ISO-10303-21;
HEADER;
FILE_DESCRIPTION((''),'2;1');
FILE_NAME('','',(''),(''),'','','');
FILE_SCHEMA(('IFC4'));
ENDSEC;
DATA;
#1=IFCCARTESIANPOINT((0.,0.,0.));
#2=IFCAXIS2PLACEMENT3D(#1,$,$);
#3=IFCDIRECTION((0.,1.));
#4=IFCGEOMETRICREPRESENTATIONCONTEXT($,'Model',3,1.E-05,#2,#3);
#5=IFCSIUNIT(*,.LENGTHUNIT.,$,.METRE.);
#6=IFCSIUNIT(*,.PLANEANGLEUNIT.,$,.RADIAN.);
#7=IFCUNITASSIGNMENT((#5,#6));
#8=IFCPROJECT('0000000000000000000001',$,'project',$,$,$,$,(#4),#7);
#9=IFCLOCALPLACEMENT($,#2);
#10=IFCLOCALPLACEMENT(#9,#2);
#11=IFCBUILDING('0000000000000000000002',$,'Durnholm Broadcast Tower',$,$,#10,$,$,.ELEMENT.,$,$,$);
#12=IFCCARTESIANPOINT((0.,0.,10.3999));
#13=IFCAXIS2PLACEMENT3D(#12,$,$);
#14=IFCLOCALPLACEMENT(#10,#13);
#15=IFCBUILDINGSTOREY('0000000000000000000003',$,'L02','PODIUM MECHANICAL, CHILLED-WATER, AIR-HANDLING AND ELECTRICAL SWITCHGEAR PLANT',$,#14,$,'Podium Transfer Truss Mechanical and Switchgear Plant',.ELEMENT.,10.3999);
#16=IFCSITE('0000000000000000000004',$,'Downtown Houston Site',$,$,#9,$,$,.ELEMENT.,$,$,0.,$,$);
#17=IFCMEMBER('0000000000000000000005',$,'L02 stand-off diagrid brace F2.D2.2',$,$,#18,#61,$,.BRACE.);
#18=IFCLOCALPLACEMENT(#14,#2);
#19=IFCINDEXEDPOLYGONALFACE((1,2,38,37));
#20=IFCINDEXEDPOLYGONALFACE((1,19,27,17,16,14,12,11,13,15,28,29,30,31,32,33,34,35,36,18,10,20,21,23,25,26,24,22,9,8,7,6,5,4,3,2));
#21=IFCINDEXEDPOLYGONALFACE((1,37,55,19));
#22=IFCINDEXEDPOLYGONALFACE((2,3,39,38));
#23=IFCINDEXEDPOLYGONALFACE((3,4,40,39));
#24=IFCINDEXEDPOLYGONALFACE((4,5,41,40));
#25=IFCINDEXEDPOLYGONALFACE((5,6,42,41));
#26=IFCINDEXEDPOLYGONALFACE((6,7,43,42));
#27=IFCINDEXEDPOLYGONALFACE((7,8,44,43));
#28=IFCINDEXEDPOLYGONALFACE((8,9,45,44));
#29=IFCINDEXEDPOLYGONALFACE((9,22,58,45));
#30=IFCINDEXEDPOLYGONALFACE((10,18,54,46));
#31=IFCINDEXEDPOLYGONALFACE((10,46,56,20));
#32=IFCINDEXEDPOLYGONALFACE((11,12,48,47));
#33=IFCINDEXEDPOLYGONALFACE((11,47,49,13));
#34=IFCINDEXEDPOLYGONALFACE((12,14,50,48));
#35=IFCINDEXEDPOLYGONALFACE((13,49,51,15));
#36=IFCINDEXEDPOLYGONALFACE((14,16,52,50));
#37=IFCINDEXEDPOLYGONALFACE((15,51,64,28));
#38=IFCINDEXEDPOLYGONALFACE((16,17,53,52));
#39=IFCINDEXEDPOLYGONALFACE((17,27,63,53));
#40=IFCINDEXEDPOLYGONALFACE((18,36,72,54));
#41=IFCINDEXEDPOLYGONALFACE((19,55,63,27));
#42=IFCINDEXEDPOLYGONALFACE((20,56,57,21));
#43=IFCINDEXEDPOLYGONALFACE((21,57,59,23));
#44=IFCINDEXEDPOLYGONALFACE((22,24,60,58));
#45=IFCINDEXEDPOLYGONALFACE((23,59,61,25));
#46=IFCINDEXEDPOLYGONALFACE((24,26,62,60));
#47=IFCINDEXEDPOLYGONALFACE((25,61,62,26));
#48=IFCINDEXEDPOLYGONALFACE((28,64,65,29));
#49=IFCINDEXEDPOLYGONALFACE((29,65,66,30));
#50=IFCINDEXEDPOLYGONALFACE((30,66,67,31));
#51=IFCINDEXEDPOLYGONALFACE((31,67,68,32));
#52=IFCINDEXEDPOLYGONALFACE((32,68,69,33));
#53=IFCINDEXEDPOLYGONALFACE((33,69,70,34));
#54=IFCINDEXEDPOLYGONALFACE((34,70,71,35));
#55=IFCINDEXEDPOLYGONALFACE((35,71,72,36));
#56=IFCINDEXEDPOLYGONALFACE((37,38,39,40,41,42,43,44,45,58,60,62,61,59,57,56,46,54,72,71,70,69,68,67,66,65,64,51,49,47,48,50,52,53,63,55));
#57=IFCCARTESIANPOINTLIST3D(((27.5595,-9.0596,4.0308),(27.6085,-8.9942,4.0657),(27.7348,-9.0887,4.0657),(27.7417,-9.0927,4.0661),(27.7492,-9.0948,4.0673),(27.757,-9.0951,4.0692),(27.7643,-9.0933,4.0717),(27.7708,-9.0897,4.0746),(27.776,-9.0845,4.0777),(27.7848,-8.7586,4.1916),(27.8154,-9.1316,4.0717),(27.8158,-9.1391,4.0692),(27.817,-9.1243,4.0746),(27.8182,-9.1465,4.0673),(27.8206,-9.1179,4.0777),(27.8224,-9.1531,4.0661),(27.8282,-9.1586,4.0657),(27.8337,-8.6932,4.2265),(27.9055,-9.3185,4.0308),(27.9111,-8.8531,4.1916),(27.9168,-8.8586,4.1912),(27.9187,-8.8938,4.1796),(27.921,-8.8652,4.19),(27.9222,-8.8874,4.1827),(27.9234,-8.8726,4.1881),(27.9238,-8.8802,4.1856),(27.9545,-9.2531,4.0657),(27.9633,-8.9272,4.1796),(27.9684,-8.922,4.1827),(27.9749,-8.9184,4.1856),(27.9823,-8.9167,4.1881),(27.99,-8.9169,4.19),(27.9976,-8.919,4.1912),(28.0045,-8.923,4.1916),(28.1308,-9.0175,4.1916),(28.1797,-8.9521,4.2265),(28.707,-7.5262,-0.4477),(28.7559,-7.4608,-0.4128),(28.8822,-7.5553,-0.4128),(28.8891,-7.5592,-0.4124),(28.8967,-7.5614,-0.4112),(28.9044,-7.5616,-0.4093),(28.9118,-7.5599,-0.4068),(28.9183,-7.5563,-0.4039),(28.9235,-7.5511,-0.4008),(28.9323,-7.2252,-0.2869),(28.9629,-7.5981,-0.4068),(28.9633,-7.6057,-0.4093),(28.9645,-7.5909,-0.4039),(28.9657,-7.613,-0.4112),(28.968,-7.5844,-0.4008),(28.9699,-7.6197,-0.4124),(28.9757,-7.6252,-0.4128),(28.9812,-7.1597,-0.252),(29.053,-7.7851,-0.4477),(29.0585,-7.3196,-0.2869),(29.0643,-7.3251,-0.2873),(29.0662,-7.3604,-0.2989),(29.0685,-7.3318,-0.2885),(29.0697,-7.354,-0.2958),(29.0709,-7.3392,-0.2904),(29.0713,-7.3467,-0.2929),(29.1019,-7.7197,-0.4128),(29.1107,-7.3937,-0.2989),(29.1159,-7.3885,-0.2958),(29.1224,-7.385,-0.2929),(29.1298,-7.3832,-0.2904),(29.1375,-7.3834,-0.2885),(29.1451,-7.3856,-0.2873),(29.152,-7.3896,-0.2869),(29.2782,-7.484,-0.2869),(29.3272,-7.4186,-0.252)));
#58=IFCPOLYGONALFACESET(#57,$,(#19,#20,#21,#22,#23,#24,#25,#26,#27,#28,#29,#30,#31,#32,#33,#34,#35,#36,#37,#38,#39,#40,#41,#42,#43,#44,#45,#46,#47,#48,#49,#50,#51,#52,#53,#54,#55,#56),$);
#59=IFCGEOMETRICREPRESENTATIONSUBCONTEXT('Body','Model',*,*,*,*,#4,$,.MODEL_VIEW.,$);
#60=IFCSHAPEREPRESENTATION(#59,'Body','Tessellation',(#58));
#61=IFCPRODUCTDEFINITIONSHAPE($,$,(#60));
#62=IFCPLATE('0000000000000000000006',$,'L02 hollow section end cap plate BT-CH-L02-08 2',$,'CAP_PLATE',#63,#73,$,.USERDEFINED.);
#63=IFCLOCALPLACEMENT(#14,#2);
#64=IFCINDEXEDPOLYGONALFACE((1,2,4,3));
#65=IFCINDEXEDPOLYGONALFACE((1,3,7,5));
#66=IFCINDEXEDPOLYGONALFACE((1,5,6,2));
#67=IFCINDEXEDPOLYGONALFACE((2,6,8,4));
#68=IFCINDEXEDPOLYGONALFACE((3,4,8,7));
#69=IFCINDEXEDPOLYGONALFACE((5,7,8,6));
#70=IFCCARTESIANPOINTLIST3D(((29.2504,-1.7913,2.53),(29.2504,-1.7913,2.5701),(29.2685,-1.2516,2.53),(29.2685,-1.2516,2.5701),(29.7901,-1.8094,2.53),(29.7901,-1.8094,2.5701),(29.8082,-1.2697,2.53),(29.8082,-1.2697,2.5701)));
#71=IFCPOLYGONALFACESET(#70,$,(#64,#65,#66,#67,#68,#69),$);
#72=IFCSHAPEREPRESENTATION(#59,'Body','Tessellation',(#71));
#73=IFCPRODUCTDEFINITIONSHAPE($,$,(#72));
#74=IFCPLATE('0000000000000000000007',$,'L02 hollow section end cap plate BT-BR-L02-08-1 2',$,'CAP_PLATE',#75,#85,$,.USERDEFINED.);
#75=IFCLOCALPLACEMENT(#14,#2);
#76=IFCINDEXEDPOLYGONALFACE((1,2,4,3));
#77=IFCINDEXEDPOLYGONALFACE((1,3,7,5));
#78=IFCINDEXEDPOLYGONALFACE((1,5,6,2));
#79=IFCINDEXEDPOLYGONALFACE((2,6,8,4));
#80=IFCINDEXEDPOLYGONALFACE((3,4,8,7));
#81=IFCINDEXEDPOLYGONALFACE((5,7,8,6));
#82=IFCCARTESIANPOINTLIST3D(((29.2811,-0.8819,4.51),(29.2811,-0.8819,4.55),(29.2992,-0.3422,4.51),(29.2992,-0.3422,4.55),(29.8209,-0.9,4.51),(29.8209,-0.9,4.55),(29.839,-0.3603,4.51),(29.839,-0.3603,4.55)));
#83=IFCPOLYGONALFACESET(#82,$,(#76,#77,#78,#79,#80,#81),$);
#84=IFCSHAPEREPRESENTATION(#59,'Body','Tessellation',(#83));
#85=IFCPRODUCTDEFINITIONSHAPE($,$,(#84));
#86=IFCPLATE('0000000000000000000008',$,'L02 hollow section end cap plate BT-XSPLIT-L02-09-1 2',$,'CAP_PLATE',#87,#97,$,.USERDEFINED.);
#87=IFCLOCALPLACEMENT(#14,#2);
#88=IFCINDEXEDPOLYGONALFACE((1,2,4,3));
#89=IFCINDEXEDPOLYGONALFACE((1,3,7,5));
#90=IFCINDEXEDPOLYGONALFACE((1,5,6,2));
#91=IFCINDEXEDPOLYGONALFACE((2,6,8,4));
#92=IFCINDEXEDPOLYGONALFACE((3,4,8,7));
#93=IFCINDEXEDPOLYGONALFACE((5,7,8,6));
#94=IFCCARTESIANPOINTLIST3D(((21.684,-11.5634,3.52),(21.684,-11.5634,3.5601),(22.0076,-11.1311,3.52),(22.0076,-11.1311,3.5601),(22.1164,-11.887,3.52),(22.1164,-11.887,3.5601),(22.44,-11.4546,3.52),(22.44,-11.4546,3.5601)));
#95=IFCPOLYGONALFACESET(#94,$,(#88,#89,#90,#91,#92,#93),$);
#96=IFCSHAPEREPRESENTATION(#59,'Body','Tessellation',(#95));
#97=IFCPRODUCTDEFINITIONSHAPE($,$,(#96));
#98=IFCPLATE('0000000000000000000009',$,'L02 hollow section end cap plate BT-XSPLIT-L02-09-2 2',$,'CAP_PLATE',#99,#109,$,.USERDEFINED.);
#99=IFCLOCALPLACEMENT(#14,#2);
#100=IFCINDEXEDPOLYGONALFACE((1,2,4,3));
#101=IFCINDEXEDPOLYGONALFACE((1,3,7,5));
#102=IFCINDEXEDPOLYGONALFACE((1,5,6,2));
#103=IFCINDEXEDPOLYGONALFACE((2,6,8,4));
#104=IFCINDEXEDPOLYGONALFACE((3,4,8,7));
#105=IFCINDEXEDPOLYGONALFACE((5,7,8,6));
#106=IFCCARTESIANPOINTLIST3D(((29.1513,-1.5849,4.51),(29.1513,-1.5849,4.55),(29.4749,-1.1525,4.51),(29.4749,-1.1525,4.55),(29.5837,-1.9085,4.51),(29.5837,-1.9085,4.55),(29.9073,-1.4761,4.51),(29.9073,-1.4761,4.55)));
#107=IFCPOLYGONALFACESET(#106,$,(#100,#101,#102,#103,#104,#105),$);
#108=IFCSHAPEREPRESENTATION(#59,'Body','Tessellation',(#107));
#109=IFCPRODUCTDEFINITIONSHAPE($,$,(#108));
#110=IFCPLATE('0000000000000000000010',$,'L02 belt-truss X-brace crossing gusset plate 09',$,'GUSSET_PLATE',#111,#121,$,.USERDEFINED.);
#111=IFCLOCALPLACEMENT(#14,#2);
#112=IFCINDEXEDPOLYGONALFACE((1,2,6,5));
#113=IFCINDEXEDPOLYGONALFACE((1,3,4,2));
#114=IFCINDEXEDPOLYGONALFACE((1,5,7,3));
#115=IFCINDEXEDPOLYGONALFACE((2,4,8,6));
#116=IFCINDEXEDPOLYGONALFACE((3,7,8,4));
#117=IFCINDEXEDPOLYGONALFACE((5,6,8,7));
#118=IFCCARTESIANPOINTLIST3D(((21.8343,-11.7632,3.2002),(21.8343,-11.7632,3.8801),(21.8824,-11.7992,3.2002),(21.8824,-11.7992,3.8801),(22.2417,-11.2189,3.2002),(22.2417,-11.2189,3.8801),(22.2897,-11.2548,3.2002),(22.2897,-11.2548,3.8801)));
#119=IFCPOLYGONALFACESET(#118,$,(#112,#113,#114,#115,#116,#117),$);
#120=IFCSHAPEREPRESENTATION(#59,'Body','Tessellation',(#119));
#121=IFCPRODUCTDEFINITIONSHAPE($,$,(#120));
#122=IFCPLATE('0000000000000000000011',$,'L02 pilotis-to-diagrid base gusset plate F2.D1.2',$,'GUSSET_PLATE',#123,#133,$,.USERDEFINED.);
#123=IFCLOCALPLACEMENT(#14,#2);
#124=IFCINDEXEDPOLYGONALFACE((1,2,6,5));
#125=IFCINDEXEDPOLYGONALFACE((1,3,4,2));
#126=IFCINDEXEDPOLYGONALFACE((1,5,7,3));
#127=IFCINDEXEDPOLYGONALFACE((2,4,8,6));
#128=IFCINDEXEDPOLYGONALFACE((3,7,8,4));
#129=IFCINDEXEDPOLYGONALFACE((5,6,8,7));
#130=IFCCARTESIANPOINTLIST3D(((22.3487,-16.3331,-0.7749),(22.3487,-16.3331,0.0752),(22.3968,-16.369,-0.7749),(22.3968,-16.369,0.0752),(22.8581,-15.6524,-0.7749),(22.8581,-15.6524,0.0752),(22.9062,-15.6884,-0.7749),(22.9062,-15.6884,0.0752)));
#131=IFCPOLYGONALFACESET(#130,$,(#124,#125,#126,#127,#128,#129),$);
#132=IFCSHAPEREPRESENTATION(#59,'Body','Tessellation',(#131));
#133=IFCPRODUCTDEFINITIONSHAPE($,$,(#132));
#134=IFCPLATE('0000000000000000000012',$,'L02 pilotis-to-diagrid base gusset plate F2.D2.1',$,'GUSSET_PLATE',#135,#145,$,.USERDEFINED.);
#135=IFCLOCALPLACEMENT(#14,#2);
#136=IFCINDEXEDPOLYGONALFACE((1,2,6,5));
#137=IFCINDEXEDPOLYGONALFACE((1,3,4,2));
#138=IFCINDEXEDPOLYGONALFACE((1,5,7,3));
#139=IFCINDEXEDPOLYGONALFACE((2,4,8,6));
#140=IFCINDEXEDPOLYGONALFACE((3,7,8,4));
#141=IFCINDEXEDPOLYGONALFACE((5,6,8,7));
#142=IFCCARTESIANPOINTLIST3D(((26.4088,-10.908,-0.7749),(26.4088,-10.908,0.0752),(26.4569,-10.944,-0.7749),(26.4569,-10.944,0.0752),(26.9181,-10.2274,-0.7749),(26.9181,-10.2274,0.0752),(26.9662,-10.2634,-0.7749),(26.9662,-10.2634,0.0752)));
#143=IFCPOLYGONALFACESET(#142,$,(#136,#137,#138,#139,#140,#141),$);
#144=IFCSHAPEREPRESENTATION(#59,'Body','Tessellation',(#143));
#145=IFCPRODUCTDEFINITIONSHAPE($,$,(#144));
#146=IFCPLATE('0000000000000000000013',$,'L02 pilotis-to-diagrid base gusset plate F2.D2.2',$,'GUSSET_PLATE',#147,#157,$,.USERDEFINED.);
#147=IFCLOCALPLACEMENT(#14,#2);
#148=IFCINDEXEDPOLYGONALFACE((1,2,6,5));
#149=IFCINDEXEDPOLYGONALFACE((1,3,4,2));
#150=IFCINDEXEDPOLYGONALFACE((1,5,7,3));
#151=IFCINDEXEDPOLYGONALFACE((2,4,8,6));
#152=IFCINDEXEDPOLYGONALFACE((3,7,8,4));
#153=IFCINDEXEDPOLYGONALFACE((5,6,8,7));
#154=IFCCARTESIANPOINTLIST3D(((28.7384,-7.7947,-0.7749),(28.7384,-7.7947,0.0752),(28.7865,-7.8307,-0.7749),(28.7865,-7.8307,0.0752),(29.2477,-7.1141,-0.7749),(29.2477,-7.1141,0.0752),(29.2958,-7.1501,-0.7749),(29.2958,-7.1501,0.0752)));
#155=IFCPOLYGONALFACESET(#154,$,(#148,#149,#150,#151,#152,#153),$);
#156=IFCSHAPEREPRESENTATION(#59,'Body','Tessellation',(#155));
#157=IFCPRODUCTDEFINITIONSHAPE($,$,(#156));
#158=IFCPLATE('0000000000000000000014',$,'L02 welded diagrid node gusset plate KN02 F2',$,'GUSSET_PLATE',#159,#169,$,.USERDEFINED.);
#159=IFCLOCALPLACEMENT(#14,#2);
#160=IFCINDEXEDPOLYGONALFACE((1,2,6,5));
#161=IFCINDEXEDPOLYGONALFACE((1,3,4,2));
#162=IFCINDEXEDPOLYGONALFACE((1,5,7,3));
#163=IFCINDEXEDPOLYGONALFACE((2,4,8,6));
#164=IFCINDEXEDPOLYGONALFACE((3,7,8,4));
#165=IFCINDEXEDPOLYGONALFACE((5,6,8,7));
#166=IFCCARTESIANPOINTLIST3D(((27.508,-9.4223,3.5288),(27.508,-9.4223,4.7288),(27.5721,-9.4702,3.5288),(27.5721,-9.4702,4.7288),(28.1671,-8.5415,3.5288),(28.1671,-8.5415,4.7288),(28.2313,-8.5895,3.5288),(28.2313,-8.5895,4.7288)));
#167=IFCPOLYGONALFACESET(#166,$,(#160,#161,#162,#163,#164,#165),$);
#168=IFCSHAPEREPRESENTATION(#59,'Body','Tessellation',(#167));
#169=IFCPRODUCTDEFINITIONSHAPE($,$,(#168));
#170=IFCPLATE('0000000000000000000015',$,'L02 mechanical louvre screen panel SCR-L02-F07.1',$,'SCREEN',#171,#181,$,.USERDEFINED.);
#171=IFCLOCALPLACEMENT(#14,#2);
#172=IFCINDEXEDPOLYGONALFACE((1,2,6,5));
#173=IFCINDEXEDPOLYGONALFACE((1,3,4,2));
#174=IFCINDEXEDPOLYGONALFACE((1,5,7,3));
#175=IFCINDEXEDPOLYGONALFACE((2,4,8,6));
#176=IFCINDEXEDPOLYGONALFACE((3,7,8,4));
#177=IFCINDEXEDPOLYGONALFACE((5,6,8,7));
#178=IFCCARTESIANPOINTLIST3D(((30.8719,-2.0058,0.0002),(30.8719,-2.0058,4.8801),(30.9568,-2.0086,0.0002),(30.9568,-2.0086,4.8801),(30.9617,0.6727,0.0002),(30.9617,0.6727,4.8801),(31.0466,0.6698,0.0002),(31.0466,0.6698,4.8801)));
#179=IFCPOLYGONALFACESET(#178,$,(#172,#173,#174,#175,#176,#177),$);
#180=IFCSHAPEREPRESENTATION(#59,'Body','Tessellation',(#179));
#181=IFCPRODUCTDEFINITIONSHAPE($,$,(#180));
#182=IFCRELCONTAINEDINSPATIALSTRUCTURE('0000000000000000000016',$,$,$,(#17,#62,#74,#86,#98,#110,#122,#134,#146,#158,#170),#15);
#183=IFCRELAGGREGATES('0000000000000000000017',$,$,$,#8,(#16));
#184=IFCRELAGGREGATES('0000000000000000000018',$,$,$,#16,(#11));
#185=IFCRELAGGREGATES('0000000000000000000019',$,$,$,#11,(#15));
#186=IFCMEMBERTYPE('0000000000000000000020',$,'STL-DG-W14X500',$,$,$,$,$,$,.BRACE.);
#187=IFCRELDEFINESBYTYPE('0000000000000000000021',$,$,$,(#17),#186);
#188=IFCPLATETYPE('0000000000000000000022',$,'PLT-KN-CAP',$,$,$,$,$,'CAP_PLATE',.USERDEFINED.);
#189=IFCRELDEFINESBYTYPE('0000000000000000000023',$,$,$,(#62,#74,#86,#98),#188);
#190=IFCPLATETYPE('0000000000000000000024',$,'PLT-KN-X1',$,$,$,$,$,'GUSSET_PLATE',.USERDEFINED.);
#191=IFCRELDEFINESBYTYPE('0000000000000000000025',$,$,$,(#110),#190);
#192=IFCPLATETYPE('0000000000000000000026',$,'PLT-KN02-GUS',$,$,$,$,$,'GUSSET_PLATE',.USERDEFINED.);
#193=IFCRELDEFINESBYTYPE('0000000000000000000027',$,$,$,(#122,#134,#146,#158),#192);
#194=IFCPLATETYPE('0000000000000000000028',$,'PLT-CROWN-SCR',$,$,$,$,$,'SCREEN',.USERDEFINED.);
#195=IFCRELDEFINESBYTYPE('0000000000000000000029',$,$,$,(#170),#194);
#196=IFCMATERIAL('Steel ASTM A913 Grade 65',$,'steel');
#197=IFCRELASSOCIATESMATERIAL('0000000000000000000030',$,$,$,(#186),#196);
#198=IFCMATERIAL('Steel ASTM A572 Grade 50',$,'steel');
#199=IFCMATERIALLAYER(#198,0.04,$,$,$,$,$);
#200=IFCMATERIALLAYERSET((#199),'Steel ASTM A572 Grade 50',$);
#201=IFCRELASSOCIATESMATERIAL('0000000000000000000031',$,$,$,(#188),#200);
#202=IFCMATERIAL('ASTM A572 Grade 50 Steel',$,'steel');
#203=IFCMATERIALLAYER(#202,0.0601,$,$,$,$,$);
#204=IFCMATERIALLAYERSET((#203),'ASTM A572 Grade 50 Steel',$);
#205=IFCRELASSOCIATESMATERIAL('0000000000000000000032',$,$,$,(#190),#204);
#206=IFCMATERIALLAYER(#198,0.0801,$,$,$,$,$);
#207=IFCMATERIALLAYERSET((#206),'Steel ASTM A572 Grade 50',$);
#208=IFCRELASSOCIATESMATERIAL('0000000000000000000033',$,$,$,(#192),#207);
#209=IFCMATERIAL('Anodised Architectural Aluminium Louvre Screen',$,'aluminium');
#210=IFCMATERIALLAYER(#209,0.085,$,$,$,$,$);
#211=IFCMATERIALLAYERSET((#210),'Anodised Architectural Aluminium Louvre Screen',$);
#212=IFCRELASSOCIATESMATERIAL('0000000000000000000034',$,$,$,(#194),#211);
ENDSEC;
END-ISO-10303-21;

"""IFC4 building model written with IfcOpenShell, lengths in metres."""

from ifc_helpers import new_model, si_unit, direction, frame, origin, origin_2d, place, context, subcontext, project, spatial, rectangle, i_section, extrude, source, transform, mapped, material, layer, layer_set, material_profile, profile_set, type_object, type_shapes, element, save


model = new_model("IFC4")

# Units and contexts
model_context = context("Model", 3, precision=1e-05, world=origin(), true_north=direction((0.0, 1.0)))
body_context = subcontext(model_context, "Body", "Model", "MODEL_VIEW")
ifc_project = project(units=[si_unit("LENGTHUNIT", "METRE"), si_unit("PLANEANGLEUNIT", "RADIAN")], contexts=[model_context])

# Site, building, storey
site_placement = place(None, origin())
site = spatial("IfcSite", under=ifc_project, at=site_placement, Name="Downtown Houston Site", CompositionType="ELEMENT", RefElevation=0.0)
building_placement = place(site_placement, origin())
building = spatial("IfcBuilding", under=site, at=building_placement, Name="Durnholm Broadcast Tower", CompositionType="ELEMENT")
storey_placement = place(building_placement, frame((0.0, 0.0, 10.3999)))
storey = spatial("IfcBuildingStorey", under=building, at=storey_placement, Name="L02", Description="PODIUM MECHANICAL, CHILLED-WATER, AIR-HANDLING AND ELECTRICAL SWITCHGEAR PLANT", LongName="Podium Transfer Truss Mechanical and Switchgear Plant", CompositionType="ELEMENT", Elevation=10.3999)

# Shared definitions
ifc_material_1 = material(Name="Steel ASTM A913 Grade 65", Category="steel")

# Member
ifc_material_profile_1 = material_profile(ifc_material_1, i_section(OverallWidth=0.4321, OverallDepth=0.4978, WebThickness=0.0557, FlangeThickness=0.0889, FilletRadius=0.0305, at=origin_2d()), Name="W14X500")
ifc_profile_set_1 = profile_set([ifc_material_profile_1], Name="Steel ASTM A913 Grade 65")
member_type_1 = type_object("IfcMemberType", Name="STL-DG-W14X500", PredefinedType="BRACE", material=ifc_profile_set_1)
shared_shape_1 = source(origin(), body_context, "Body", "SweptSolid", [
    extrude(i_section(OverallWidth=0.4321, OverallDepth=0.4978, WebThickness=0.0557, FlangeThickness=0.0889, FilletRadius=0.0305, at=origin_2d()), origin(), (0.0, 0.0, 1.0), 4.8708),
])
member_1_placement = place(storey_placement, frame((29.0171, -7.4724, -0.3499), z_axis=(-0.235577, -0.314821, 0.919452), x_axis=(0.800657, -0.599123, 0.0)))
element("IfcMember", 1, at=member_1_placement, inside=storey, type_object=member_type_1, Name="L02 stand-off diagrid brace F2.D2.2", PredefinedType="BRACE", context=body_context, shape_type="MappedRepresentation", body=[
    mapped(shared_shape_1, transform((0.0, 0.0, 0.0), x_axis=(1.0, 0.0, 0.0), y_axis=(0.0, 1.0, 0.0), z_axis=(0.0, 0.0, 1.0), scale=1.0)),
])

# Plates
ifc_material_2 = material(Name="Steel ASTM A572 Grade 50", Category="steel")
ifc_layer_1 = layer(ifc_material_2, 0.04)
ifc_layer_set_1 = layer_set([ifc_layer_1], Name="Steel ASTM A572 Grade 50")
plate_type_1 = type_object("IfcPlateType", Name="PLT-KN-CAP", ElementType="CAP_PLATE", PredefinedType="USERDEFINED", material=ifc_layer_set_1)
shared_shape_2 = source(origin(), body_context, "Body", "SweptSolid", [
    extrude(rectangle(XDim=0.54, YDim=0.54, at=origin_2d()), origin(), (0.0, 0.0, 1.0), 0.04),
])
type_shapes(plate_type_1, [shared_shape_2])
for number, where, z_axis, x_axis, name in (
    (2, (29.5293, -1.5305, 2.53), (0.0, 0.0, 1.0), (-0.033504, -0.999439, 0.0), "L02 hollow section end cap plate BT-CH-L02-08 2"),
    (3, (29.5601, -0.6211, 4.51), (0.0, 0.0, 1.0), (-0.033504, -0.999439, 0.0), "L02 hollow section end cap plate BT-BR-L02-08-1 2"),
    (4, (22.062, -11.509, 3.52), (0.0, 0.0, 1.0), (0.599163, 0.800627, 0.0), "L02 hollow section end cap plate BT-XSPLIT-L02-09-1 2"),
    (5, (29.5293, -1.5305, 4.51), (0.0, 0.0, 1.0), (0.599163, 0.800627, 0.0), "L02 hollow section end cap plate BT-XSPLIT-L02-09-2 2"),
):
    element("IfcPlate", number, at=place(storey_placement, frame(where, z_axis=z_axis, x_axis=x_axis)), inside=storey, type_object=plate_type_1, Name=name, ObjectType="CAP_PLATE", PredefinedType="USERDEFINED", context=body_context, shape_type="MappedRepresentation", body=[
        mapped(shared_shape_2, transform((0.0, 0.0, 0.0), x_axis=(1.0, 0.0, 0.0), y_axis=(0.0, 1.0, 0.0), z_axis=(0.0, 0.0, 1.0), scale=1.0)),
    ])
ifc_material_3 = material(Name="ASTM A572 Grade 50 Steel", Category="steel")
ifc_layer_2 = layer(ifc_material_3, 0.0601)
ifc_layer_set_2 = layer_set([ifc_layer_2], Name="ASTM A572 Grade 50 Steel")
plate_type_2 = type_object("IfcPlateType", Name="PLT-KN-X1", ElementType="GUSSET_PLATE", PredefinedType="USERDEFINED", material=ifc_layer_set_2)
shared_shape_3 = source(origin(), body_context, "Body", "SweptSolid", [
    extrude(rectangle(XDim=0.6799, YDim=0.0601, at=origin_2d()), origin(), (0.0, 0.0, 1.0), 0.6799),
])
type_shapes(plate_type_2, [shared_shape_3])
plate_1_placement = place(storey_placement, frame((22.062, -11.509, 3.2002), z_axis=(0.0, 0.0, 1.0), x_axis=(-0.599163, -0.800627, 0.0)))
element("IfcPlate", 6, at=plate_1_placement, inside=storey, type_object=plate_type_2, Name="L02 belt-truss X-brace crossing gusset plate 09", ObjectType="GUSSET_PLATE", PredefinedType="USERDEFINED", context=body_context, shape_type="MappedRepresentation", body=[
    mapped(shared_shape_3, transform((0.0, 0.0, 0.0), x_axis=(1.0, 0.0, 0.0), y_axis=(0.0, 1.0, 0.0), z_axis=(0.0, 0.0, 1.0), scale=1.0)),
])
ifc_layer_3 = layer(ifc_material_2, 0.0801)
ifc_layer_set_3 = layer_set([ifc_layer_3], Name="Steel ASTM A572 Grade 50")
plate_type_3 = type_object("IfcPlateType", Name="PLT-KN02-GUS", ElementType="GUSSET_PLATE", PredefinedType="USERDEFINED", material=ifc_layer_set_3)
shared_shape_4 = source(origin(), body_context, "Body", "SweptSolid", [
    extrude(rectangle(XDim=0.8501, YDim=0.0601, at=origin_2d()), origin(), (0.0, 0.0, 1.0), 0.8501),
])
for number, where, z_axis, x_axis, name in (
    (7, (22.6274, -16.0107, -0.7749), (0.0, 0.0, 1.0), (0.599163, 0.800627, 0.0), "L02 pilotis-to-diagrid base gusset plate F2.D1.2"),
    (8, (26.6875, -10.5857, -0.7749), (0.0, 0.0, 1.0), (0.599163, 0.800627, 0.0), "L02 pilotis-to-diagrid base gusset plate F2.D2.1"),
    (9, (29.0171, -7.4724, -0.7749), (0.0, 0.0, 1.0), (0.599163, 0.800627, 0.0), "L02 pilotis-to-diagrid base gusset plate F2.D2.2"),
):
    element("IfcPlate", number, at=place(storey_placement, frame(where, z_axis=z_axis, x_axis=x_axis)), inside=storey, type_object=plate_type_3, Name=name, ObjectType="GUSSET_PLATE", PredefinedType="USERDEFINED", context=body_context, shape_type="MappedRepresentation", body=[
        mapped(shared_shape_4, transform((0.0, 0.0, 0.0), x_axis=(1.0, 0.0, 0.0), y_axis=(0.0, 1.0, 0.0), z_axis=(0.0, 0.0, 1.0), scale=1.0)),
    ])
shared_shape_5 = source(origin(), body_context, "Body", "SweptSolid", [
    extrude(rectangle(XDim=1.1001, YDim=0.0801, at=origin_2d()), origin(), (0.0, 0.0, 1.0), 1.2),
])
type_shapes(plate_type_3, [shared_shape_4, shared_shape_5])
plate_2_placement = place(storey_placement, frame((27.8696, -9.0059, 3.5288), z_axis=(0.0, 0.0, 1.0), x_axis=(0.599163, 0.800627, 0.0)))
element("IfcPlate", 10, at=plate_2_placement, inside=storey, type_object=plate_type_3, Name="L02 welded diagrid node gusset plate KN02 F2", ObjectType="GUSSET_PLATE", PredefinedType="USERDEFINED", context=body_context, shape_type="MappedRepresentation", body=[
    mapped(shared_shape_5, transform((0.0, 0.0, 0.0), x_axis=(1.0, 0.0, 0.0), y_axis=(0.0, 1.0, 0.0), z_axis=(0.0, 0.0, 1.0), scale=1.0)),
])
ifc_material_4 = material(Name="Anodised Architectural Aluminium Louvre Screen", Category="aluminium")
ifc_layer_4 = layer(ifc_material_4, 0.085)
ifc_layer_set_4 = layer_set([ifc_layer_4], Name="Anodised Architectural Aluminium Louvre Screen")
plate_type_4 = type_object("IfcPlateType", Name="PLT-CROWN-SCR", ElementType="SCREEN", PredefinedType="USERDEFINED", material=ifc_layer_set_4)
shared_shape_6 = source(origin(), body_context, "Body", "SweptSolid", [
    extrude(rectangle(XDim=2.6799, YDim=0.085, at=origin_2d()), origin(), (0.0, 0.0, 1.0), 4.8799),
])
plate_3_placement = place(storey_placement, frame((30.9592, -0.668, 0.0002), z_axis=(0.0, 0.0, 1.0), x_axis=(-0.033504, -0.999439, 0.0)))
element("IfcPlate", 11, at=plate_3_placement, inside=storey, type_object=plate_type_4, Name="L02 mechanical louvre screen panel SCR-L02-F07.1", ObjectType="SCREEN", PredefinedType="USERDEFINED", context=body_context, shape_type="MappedRepresentation", body=[
    mapped(shared_shape_6, transform((0.0, 0.0, 0.0), x_axis=(1.0, 0.0, 0.0), y_axis=(0.0, 1.0, 0.0), z_axis=(0.0, 0.0, 1.0), scale=1.0)),
])

save(model, "model.ifc")
